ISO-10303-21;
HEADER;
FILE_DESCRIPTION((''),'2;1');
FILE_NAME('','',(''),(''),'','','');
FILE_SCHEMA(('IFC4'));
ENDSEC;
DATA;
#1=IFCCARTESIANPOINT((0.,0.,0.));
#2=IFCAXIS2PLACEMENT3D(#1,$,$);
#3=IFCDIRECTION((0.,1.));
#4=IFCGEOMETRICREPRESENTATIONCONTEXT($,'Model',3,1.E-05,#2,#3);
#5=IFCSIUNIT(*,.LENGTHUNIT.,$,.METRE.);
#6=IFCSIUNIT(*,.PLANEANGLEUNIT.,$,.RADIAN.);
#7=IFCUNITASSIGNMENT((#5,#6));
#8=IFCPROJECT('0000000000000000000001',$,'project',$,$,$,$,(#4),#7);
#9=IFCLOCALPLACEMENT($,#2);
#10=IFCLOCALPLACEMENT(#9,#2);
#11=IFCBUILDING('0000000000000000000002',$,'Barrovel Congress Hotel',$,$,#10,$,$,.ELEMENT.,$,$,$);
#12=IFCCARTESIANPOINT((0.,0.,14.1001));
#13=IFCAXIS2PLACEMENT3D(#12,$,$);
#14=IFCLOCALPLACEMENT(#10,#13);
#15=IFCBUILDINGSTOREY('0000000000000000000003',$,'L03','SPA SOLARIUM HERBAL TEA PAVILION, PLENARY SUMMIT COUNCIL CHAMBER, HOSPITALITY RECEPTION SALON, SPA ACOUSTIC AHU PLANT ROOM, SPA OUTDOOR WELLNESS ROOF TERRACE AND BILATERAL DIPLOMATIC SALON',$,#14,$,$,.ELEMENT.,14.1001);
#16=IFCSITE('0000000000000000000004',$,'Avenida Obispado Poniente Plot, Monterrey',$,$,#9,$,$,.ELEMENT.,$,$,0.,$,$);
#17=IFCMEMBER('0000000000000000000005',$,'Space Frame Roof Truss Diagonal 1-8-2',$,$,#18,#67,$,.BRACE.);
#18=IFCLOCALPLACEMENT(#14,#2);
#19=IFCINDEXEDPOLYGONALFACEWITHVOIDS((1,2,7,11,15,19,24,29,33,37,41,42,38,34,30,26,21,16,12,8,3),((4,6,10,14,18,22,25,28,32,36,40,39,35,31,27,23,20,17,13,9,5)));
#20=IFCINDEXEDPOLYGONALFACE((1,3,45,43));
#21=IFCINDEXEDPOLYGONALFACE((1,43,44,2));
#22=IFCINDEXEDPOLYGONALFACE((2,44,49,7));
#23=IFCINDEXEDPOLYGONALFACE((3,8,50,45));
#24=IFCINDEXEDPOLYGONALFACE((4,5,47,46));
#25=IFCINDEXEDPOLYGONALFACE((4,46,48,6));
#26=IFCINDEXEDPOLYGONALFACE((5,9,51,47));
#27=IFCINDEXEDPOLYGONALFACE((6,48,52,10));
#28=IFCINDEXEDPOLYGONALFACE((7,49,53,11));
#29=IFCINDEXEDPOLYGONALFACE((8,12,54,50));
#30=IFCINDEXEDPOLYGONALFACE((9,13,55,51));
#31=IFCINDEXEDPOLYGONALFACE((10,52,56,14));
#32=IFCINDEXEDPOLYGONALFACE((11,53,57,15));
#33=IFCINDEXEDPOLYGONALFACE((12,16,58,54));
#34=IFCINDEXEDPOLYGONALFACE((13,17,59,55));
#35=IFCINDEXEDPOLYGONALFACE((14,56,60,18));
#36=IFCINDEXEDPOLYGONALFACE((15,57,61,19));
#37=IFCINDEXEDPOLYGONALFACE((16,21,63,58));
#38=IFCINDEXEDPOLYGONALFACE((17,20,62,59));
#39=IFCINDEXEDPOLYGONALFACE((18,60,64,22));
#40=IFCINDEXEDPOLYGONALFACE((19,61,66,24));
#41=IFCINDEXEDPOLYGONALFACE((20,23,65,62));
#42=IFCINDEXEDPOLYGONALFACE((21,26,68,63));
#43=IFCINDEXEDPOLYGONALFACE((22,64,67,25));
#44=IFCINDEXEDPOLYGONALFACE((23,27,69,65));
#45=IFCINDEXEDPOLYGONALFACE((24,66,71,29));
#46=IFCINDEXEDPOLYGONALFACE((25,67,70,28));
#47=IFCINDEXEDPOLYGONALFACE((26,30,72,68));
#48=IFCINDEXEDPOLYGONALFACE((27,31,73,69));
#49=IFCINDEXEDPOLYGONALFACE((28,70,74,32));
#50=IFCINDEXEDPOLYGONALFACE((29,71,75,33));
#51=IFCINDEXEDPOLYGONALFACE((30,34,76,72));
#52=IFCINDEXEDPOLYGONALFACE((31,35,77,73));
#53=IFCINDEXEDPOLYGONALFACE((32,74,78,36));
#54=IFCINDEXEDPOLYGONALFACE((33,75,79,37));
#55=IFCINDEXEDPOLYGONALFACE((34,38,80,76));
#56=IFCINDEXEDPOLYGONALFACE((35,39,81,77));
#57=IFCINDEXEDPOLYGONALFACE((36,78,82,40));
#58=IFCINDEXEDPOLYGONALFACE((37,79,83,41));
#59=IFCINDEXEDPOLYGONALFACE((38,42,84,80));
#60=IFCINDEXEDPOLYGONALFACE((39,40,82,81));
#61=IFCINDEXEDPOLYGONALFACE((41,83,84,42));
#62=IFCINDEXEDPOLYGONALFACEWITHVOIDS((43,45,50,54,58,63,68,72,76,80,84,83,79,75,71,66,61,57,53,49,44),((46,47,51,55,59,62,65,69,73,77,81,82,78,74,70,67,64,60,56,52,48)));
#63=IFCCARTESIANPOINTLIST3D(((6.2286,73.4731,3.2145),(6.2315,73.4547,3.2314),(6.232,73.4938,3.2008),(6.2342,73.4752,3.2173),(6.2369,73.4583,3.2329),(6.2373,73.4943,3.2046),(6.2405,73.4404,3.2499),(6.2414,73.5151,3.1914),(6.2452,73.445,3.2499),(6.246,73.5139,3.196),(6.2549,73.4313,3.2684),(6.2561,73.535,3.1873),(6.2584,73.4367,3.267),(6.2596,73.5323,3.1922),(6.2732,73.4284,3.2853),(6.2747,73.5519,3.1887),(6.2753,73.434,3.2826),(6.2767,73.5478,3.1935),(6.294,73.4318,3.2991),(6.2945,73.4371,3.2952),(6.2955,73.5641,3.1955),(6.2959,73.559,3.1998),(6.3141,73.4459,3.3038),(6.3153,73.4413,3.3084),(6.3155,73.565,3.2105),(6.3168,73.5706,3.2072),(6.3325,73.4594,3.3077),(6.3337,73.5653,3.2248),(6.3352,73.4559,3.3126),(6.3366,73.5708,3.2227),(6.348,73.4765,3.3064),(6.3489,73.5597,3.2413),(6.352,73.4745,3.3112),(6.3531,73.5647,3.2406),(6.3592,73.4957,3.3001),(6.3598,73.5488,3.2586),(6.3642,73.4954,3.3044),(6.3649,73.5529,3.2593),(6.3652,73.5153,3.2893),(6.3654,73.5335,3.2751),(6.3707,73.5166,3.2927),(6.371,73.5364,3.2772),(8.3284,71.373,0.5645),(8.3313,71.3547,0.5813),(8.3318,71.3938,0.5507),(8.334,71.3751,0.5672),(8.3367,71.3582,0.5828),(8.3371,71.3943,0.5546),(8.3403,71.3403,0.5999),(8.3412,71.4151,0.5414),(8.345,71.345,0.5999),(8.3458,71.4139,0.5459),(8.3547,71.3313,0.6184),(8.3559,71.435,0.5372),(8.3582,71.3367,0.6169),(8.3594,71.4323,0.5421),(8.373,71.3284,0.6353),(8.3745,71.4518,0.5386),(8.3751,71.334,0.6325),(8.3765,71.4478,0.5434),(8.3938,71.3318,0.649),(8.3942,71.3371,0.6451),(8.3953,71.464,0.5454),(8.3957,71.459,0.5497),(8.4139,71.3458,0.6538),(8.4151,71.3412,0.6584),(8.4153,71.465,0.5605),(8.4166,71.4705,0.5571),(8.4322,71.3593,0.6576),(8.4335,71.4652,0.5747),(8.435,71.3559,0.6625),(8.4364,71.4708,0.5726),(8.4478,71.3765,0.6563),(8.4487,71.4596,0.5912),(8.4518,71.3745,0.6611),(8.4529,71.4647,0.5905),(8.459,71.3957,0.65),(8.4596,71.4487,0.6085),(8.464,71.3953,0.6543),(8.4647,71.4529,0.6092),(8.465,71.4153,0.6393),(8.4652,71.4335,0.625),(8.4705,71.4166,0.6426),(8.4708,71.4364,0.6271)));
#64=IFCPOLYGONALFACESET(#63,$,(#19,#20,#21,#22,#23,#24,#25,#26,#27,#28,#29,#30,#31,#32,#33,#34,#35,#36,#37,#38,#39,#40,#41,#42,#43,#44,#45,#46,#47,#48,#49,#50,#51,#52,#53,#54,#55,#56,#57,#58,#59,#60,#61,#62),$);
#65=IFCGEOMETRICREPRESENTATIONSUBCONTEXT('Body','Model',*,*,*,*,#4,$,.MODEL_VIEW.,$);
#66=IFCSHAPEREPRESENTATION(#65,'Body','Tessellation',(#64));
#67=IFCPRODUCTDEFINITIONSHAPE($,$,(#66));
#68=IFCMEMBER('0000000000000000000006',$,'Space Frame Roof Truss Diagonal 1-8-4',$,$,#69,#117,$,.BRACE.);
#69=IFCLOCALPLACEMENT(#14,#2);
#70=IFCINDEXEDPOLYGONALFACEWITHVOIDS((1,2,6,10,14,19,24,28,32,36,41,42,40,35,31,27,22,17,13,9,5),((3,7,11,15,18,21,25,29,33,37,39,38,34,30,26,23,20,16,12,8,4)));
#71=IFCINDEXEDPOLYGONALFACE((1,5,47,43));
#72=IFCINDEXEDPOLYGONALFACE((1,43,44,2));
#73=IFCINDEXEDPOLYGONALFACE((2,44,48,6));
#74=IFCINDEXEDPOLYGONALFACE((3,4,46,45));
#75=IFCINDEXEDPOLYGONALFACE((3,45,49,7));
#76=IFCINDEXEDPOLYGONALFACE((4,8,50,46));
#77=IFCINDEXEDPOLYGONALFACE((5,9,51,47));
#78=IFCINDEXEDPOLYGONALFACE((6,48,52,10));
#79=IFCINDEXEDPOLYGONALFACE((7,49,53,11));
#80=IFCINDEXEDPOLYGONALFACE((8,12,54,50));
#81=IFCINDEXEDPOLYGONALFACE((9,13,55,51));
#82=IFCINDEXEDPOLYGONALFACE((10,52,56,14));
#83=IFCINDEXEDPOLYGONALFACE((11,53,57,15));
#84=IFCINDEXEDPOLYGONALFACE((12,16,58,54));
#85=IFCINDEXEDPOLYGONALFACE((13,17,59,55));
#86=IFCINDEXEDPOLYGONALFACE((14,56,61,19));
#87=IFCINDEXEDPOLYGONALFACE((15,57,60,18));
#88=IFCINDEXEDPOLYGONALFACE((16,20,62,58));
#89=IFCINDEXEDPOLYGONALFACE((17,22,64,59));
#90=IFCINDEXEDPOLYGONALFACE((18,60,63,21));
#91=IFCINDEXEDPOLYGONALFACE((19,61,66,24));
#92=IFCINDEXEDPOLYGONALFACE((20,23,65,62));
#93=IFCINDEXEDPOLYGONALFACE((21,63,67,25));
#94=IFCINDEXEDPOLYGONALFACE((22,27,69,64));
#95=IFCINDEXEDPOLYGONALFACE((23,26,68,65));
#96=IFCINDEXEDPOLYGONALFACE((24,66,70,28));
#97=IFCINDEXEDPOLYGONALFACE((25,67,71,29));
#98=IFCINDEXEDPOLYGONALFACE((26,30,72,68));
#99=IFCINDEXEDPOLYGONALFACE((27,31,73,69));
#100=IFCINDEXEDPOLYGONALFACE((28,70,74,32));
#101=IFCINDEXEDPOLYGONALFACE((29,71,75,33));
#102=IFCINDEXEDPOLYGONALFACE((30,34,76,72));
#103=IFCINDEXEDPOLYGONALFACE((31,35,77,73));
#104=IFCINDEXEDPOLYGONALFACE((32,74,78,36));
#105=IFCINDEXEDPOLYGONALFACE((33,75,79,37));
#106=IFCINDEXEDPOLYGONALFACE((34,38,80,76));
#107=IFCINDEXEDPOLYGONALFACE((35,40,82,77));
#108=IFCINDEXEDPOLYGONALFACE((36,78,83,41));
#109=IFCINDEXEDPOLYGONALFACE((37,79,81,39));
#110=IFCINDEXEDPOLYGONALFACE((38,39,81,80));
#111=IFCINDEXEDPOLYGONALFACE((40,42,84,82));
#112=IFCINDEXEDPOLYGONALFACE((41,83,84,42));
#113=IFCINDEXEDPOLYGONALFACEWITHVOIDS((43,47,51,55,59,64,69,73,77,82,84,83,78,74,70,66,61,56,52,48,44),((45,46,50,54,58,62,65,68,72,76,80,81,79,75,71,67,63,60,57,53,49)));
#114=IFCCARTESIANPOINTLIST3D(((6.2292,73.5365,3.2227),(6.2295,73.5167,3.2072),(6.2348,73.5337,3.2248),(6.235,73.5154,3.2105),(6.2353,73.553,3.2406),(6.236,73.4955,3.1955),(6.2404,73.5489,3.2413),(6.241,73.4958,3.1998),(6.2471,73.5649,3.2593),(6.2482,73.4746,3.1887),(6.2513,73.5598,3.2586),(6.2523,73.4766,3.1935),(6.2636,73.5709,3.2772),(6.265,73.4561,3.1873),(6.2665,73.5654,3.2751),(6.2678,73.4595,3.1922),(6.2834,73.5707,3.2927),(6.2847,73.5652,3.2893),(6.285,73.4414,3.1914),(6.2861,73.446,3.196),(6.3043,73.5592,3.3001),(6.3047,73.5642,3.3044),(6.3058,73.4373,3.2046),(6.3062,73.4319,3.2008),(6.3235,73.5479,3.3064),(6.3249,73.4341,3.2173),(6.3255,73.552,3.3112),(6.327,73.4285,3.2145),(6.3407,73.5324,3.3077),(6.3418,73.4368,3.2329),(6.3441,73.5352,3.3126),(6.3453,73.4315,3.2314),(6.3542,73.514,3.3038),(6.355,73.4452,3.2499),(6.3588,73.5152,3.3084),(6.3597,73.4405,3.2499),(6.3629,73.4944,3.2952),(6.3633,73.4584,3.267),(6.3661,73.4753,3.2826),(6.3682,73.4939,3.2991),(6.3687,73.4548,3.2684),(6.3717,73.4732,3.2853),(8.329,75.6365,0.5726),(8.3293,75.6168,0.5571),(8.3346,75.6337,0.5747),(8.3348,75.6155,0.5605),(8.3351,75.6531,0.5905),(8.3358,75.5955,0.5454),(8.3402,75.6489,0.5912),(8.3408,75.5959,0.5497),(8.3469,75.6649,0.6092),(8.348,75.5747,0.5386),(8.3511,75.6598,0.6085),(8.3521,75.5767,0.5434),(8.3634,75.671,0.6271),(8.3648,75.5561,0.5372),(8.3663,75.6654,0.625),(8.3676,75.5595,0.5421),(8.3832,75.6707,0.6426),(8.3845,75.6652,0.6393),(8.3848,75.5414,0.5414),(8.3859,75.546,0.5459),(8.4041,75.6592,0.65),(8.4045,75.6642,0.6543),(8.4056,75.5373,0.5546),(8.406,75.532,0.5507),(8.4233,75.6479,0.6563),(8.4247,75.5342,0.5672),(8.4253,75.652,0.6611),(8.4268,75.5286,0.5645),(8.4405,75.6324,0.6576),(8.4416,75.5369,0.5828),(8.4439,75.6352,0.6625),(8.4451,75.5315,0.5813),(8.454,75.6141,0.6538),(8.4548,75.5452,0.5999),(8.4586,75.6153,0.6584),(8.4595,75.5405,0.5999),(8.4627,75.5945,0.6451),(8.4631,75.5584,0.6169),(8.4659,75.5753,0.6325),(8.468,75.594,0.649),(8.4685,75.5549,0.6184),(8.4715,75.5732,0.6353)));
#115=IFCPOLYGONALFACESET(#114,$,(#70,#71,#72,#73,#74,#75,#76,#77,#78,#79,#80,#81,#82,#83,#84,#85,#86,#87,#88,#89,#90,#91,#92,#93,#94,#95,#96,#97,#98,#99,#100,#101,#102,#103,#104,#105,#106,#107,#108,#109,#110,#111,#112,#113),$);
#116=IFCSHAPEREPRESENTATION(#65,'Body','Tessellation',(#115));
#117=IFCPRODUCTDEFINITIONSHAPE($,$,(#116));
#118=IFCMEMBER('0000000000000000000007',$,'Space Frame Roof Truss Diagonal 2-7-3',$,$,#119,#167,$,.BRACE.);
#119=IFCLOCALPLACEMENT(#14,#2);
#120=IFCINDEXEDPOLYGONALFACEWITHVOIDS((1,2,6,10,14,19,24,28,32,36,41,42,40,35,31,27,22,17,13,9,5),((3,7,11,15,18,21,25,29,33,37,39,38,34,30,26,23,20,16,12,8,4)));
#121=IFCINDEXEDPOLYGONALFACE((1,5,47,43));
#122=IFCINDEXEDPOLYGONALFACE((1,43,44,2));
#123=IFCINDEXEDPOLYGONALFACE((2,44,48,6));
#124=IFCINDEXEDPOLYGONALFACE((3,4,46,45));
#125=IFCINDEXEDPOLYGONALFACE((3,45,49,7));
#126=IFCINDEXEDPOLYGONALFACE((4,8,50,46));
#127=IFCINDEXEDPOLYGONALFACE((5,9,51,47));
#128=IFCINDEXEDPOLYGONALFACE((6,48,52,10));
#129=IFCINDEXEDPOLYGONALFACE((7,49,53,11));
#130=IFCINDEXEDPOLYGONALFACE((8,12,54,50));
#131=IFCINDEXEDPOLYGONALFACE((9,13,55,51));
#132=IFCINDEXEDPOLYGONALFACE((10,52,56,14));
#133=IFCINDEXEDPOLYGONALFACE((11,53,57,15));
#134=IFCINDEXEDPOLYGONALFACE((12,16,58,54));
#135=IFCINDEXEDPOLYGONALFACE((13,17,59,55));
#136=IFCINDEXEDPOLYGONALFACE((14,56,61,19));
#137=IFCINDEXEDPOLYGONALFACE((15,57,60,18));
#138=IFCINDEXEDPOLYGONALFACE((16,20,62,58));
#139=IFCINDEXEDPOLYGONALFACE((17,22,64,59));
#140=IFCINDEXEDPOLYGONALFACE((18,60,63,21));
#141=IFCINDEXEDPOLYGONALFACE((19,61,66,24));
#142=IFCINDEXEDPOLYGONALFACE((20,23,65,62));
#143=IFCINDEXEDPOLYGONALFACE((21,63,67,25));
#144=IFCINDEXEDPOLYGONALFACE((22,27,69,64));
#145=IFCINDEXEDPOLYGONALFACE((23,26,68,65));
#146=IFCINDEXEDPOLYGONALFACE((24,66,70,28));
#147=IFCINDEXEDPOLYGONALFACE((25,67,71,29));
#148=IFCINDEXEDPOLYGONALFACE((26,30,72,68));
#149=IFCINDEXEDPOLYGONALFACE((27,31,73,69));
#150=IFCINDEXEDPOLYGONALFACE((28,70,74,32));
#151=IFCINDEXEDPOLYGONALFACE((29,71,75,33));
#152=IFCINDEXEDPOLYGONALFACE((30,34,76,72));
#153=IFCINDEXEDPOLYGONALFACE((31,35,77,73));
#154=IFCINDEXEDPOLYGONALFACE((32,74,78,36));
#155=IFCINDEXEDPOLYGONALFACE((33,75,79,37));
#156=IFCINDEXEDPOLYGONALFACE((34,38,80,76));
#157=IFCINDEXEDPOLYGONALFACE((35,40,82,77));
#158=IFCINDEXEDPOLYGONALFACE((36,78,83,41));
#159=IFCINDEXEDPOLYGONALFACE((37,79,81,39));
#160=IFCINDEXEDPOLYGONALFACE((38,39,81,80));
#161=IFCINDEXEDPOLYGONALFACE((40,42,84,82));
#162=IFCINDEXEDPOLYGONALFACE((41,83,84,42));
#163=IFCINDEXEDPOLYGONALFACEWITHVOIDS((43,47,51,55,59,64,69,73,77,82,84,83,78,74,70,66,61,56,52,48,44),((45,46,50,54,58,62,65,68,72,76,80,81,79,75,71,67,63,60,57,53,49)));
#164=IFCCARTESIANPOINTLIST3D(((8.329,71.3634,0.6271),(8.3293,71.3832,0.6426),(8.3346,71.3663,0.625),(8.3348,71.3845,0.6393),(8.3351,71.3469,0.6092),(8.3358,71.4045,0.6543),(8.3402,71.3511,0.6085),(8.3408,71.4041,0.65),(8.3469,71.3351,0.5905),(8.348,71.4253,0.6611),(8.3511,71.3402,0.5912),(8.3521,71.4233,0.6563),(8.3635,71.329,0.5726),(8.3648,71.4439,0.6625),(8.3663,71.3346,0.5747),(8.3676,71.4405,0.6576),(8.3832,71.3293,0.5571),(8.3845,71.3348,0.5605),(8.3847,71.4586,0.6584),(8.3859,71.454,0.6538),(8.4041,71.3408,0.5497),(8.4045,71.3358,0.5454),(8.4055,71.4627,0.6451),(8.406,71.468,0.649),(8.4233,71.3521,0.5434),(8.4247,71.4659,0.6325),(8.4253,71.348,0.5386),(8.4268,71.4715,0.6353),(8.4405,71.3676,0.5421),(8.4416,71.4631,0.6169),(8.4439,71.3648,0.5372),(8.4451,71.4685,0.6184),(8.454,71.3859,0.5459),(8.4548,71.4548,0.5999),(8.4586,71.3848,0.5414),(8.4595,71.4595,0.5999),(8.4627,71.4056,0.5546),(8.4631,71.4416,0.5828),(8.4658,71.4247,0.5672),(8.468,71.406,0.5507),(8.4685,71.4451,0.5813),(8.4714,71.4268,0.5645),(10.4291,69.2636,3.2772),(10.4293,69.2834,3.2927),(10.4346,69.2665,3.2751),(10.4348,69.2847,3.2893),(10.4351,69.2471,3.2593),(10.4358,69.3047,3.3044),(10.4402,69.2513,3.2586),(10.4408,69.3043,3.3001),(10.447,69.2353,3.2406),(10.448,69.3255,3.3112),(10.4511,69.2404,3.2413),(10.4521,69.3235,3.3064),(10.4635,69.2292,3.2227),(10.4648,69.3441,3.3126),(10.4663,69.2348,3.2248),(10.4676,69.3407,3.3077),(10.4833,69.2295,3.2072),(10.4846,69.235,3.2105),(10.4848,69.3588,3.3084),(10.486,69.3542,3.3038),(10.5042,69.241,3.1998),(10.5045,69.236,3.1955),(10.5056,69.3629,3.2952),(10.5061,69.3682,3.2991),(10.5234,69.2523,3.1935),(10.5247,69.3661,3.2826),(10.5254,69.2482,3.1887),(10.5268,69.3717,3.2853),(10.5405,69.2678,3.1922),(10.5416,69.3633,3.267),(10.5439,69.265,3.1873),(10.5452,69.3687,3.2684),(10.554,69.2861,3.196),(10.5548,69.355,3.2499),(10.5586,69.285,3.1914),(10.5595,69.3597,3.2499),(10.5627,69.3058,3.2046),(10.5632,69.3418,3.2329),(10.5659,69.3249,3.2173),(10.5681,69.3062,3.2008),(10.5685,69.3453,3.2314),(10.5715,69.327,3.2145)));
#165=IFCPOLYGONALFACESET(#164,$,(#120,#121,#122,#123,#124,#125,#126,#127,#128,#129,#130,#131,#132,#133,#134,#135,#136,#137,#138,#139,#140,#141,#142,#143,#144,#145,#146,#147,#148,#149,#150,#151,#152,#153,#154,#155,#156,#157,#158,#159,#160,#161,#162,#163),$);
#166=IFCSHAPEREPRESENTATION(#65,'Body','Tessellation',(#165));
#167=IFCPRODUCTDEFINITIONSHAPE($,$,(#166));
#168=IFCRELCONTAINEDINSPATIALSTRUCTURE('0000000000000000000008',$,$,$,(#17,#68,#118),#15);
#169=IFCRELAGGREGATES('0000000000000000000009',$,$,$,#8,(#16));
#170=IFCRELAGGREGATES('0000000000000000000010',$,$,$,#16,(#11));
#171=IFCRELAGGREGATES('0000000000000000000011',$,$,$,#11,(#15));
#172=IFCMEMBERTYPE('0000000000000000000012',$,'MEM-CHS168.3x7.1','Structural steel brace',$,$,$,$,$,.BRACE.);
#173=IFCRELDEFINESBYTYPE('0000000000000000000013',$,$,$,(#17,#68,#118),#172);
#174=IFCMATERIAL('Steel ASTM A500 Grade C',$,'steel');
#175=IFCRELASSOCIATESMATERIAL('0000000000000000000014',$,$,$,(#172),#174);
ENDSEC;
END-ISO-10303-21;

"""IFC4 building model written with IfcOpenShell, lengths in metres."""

from ifc_helpers import new_model, si_unit, direction, frame, origin, origin_2d, place, context, subcontext, project, spatial, hollow_circle, extrude, material, material_profile, profile_set, type_object, element, save


model = new_model("IFC4")

# Units and contexts
model_context = context("Model", 3, precision=1e-05, world=origin(), true_north=direction((0.0, 1.0)))
body_context = subcontext(model_context, "Body", "Model", "MODEL_VIEW")
ifc_project = project(units=[si_unit("LENGTHUNIT", "METRE"), si_unit("PLANEANGLEUNIT", "RADIAN")], contexts=[model_context])

# Site, building, storey
site_placement = place(None, origin())
site = spatial("IfcSite", under=ifc_project, at=site_placement, Name="Avenida Obispado Poniente Plot, Monterrey", CompositionType="ELEMENT", RefElevation=0.0)
building_placement = place(site_placement, origin())
building = spatial("IfcBuilding", under=site, at=building_placement, Name="Barrovel Congress Hotel", CompositionType="ELEMENT")
storey_placement = place(building_placement, frame((0.0, 0.0, 14.1001)))
storey = spatial("IfcBuildingStorey", under=building, at=storey_placement, Name="L03", Description="SPA SOLARIUM HERBAL TEA PAVILION, PLENARY SUMMIT COUNCIL CHAMBER, HOSPITALITY RECEPTION SALON, SPA ACOUSTIC AHU PLANT ROOM, SPA OUTDOOR WELLNESS ROOF TERRACE AND BILATERAL DIPLOMATIC SALON", CompositionType="ELEMENT", Elevation=14.1001)

# Members
ifc_material_1 = material(Name="Steel ASTM A500 Grade C", Category="steel")
ifc_material_profile_1 = material_profile(ifc_material_1, hollow_circle(Radius=0.0842, WallThickness=0.0066, at=origin_2d()), Name="CHS168.3x7.1")
ifc_profile_set_1 = profile_set([ifc_material_profile_1], Name="Steel ASTM A500 Grade C")
member_type_1 = type_object("IfcMemberType", Name="MEM-CHS168.3x7.1", Description="Structural steel brace", PredefinedType="BRACE", material=ifc_profile_set_1)
for number, where, z_axis, x_axis, name in (
    (1, (8.3999, 71.3999, 0.5999), (-0.527557, 0.527618, 0.66581), (-0.707148, -0.707066, 0.0), "Space Frame Roof Truss Diagonal 1-8-2"),
    (2, (8.3999, 75.6001, 0.5999), (-0.527557, -0.527618, 0.66581), (0.707148, -0.707066, 0.0), "Space Frame Roof Truss Diagonal 1-8-4"),
    (3, (8.3999, 71.3999, 0.5999), (0.527618, -0.527557, 0.66581), (0.707066, 0.707148, 0.0), "Space Frame Roof Truss Diagonal 2-7-3"),
):
    element("IfcMember", number, at=place(storey_placement, frame(where, z_axis=z_axis, x_axis=x_axis)), inside=storey, type_object=member_type_1, Name=name, PredefinedType="BRACE", context=body_context, shape_type="SweptSolid", body=[
        extrude(hollow_circle(Radius=0.0842, WallThickness=0.0066, at=origin_2d()), origin(), (0.0, 0.0, 1.0), 3.9802),
    ])

save(model, "model.ifc")
